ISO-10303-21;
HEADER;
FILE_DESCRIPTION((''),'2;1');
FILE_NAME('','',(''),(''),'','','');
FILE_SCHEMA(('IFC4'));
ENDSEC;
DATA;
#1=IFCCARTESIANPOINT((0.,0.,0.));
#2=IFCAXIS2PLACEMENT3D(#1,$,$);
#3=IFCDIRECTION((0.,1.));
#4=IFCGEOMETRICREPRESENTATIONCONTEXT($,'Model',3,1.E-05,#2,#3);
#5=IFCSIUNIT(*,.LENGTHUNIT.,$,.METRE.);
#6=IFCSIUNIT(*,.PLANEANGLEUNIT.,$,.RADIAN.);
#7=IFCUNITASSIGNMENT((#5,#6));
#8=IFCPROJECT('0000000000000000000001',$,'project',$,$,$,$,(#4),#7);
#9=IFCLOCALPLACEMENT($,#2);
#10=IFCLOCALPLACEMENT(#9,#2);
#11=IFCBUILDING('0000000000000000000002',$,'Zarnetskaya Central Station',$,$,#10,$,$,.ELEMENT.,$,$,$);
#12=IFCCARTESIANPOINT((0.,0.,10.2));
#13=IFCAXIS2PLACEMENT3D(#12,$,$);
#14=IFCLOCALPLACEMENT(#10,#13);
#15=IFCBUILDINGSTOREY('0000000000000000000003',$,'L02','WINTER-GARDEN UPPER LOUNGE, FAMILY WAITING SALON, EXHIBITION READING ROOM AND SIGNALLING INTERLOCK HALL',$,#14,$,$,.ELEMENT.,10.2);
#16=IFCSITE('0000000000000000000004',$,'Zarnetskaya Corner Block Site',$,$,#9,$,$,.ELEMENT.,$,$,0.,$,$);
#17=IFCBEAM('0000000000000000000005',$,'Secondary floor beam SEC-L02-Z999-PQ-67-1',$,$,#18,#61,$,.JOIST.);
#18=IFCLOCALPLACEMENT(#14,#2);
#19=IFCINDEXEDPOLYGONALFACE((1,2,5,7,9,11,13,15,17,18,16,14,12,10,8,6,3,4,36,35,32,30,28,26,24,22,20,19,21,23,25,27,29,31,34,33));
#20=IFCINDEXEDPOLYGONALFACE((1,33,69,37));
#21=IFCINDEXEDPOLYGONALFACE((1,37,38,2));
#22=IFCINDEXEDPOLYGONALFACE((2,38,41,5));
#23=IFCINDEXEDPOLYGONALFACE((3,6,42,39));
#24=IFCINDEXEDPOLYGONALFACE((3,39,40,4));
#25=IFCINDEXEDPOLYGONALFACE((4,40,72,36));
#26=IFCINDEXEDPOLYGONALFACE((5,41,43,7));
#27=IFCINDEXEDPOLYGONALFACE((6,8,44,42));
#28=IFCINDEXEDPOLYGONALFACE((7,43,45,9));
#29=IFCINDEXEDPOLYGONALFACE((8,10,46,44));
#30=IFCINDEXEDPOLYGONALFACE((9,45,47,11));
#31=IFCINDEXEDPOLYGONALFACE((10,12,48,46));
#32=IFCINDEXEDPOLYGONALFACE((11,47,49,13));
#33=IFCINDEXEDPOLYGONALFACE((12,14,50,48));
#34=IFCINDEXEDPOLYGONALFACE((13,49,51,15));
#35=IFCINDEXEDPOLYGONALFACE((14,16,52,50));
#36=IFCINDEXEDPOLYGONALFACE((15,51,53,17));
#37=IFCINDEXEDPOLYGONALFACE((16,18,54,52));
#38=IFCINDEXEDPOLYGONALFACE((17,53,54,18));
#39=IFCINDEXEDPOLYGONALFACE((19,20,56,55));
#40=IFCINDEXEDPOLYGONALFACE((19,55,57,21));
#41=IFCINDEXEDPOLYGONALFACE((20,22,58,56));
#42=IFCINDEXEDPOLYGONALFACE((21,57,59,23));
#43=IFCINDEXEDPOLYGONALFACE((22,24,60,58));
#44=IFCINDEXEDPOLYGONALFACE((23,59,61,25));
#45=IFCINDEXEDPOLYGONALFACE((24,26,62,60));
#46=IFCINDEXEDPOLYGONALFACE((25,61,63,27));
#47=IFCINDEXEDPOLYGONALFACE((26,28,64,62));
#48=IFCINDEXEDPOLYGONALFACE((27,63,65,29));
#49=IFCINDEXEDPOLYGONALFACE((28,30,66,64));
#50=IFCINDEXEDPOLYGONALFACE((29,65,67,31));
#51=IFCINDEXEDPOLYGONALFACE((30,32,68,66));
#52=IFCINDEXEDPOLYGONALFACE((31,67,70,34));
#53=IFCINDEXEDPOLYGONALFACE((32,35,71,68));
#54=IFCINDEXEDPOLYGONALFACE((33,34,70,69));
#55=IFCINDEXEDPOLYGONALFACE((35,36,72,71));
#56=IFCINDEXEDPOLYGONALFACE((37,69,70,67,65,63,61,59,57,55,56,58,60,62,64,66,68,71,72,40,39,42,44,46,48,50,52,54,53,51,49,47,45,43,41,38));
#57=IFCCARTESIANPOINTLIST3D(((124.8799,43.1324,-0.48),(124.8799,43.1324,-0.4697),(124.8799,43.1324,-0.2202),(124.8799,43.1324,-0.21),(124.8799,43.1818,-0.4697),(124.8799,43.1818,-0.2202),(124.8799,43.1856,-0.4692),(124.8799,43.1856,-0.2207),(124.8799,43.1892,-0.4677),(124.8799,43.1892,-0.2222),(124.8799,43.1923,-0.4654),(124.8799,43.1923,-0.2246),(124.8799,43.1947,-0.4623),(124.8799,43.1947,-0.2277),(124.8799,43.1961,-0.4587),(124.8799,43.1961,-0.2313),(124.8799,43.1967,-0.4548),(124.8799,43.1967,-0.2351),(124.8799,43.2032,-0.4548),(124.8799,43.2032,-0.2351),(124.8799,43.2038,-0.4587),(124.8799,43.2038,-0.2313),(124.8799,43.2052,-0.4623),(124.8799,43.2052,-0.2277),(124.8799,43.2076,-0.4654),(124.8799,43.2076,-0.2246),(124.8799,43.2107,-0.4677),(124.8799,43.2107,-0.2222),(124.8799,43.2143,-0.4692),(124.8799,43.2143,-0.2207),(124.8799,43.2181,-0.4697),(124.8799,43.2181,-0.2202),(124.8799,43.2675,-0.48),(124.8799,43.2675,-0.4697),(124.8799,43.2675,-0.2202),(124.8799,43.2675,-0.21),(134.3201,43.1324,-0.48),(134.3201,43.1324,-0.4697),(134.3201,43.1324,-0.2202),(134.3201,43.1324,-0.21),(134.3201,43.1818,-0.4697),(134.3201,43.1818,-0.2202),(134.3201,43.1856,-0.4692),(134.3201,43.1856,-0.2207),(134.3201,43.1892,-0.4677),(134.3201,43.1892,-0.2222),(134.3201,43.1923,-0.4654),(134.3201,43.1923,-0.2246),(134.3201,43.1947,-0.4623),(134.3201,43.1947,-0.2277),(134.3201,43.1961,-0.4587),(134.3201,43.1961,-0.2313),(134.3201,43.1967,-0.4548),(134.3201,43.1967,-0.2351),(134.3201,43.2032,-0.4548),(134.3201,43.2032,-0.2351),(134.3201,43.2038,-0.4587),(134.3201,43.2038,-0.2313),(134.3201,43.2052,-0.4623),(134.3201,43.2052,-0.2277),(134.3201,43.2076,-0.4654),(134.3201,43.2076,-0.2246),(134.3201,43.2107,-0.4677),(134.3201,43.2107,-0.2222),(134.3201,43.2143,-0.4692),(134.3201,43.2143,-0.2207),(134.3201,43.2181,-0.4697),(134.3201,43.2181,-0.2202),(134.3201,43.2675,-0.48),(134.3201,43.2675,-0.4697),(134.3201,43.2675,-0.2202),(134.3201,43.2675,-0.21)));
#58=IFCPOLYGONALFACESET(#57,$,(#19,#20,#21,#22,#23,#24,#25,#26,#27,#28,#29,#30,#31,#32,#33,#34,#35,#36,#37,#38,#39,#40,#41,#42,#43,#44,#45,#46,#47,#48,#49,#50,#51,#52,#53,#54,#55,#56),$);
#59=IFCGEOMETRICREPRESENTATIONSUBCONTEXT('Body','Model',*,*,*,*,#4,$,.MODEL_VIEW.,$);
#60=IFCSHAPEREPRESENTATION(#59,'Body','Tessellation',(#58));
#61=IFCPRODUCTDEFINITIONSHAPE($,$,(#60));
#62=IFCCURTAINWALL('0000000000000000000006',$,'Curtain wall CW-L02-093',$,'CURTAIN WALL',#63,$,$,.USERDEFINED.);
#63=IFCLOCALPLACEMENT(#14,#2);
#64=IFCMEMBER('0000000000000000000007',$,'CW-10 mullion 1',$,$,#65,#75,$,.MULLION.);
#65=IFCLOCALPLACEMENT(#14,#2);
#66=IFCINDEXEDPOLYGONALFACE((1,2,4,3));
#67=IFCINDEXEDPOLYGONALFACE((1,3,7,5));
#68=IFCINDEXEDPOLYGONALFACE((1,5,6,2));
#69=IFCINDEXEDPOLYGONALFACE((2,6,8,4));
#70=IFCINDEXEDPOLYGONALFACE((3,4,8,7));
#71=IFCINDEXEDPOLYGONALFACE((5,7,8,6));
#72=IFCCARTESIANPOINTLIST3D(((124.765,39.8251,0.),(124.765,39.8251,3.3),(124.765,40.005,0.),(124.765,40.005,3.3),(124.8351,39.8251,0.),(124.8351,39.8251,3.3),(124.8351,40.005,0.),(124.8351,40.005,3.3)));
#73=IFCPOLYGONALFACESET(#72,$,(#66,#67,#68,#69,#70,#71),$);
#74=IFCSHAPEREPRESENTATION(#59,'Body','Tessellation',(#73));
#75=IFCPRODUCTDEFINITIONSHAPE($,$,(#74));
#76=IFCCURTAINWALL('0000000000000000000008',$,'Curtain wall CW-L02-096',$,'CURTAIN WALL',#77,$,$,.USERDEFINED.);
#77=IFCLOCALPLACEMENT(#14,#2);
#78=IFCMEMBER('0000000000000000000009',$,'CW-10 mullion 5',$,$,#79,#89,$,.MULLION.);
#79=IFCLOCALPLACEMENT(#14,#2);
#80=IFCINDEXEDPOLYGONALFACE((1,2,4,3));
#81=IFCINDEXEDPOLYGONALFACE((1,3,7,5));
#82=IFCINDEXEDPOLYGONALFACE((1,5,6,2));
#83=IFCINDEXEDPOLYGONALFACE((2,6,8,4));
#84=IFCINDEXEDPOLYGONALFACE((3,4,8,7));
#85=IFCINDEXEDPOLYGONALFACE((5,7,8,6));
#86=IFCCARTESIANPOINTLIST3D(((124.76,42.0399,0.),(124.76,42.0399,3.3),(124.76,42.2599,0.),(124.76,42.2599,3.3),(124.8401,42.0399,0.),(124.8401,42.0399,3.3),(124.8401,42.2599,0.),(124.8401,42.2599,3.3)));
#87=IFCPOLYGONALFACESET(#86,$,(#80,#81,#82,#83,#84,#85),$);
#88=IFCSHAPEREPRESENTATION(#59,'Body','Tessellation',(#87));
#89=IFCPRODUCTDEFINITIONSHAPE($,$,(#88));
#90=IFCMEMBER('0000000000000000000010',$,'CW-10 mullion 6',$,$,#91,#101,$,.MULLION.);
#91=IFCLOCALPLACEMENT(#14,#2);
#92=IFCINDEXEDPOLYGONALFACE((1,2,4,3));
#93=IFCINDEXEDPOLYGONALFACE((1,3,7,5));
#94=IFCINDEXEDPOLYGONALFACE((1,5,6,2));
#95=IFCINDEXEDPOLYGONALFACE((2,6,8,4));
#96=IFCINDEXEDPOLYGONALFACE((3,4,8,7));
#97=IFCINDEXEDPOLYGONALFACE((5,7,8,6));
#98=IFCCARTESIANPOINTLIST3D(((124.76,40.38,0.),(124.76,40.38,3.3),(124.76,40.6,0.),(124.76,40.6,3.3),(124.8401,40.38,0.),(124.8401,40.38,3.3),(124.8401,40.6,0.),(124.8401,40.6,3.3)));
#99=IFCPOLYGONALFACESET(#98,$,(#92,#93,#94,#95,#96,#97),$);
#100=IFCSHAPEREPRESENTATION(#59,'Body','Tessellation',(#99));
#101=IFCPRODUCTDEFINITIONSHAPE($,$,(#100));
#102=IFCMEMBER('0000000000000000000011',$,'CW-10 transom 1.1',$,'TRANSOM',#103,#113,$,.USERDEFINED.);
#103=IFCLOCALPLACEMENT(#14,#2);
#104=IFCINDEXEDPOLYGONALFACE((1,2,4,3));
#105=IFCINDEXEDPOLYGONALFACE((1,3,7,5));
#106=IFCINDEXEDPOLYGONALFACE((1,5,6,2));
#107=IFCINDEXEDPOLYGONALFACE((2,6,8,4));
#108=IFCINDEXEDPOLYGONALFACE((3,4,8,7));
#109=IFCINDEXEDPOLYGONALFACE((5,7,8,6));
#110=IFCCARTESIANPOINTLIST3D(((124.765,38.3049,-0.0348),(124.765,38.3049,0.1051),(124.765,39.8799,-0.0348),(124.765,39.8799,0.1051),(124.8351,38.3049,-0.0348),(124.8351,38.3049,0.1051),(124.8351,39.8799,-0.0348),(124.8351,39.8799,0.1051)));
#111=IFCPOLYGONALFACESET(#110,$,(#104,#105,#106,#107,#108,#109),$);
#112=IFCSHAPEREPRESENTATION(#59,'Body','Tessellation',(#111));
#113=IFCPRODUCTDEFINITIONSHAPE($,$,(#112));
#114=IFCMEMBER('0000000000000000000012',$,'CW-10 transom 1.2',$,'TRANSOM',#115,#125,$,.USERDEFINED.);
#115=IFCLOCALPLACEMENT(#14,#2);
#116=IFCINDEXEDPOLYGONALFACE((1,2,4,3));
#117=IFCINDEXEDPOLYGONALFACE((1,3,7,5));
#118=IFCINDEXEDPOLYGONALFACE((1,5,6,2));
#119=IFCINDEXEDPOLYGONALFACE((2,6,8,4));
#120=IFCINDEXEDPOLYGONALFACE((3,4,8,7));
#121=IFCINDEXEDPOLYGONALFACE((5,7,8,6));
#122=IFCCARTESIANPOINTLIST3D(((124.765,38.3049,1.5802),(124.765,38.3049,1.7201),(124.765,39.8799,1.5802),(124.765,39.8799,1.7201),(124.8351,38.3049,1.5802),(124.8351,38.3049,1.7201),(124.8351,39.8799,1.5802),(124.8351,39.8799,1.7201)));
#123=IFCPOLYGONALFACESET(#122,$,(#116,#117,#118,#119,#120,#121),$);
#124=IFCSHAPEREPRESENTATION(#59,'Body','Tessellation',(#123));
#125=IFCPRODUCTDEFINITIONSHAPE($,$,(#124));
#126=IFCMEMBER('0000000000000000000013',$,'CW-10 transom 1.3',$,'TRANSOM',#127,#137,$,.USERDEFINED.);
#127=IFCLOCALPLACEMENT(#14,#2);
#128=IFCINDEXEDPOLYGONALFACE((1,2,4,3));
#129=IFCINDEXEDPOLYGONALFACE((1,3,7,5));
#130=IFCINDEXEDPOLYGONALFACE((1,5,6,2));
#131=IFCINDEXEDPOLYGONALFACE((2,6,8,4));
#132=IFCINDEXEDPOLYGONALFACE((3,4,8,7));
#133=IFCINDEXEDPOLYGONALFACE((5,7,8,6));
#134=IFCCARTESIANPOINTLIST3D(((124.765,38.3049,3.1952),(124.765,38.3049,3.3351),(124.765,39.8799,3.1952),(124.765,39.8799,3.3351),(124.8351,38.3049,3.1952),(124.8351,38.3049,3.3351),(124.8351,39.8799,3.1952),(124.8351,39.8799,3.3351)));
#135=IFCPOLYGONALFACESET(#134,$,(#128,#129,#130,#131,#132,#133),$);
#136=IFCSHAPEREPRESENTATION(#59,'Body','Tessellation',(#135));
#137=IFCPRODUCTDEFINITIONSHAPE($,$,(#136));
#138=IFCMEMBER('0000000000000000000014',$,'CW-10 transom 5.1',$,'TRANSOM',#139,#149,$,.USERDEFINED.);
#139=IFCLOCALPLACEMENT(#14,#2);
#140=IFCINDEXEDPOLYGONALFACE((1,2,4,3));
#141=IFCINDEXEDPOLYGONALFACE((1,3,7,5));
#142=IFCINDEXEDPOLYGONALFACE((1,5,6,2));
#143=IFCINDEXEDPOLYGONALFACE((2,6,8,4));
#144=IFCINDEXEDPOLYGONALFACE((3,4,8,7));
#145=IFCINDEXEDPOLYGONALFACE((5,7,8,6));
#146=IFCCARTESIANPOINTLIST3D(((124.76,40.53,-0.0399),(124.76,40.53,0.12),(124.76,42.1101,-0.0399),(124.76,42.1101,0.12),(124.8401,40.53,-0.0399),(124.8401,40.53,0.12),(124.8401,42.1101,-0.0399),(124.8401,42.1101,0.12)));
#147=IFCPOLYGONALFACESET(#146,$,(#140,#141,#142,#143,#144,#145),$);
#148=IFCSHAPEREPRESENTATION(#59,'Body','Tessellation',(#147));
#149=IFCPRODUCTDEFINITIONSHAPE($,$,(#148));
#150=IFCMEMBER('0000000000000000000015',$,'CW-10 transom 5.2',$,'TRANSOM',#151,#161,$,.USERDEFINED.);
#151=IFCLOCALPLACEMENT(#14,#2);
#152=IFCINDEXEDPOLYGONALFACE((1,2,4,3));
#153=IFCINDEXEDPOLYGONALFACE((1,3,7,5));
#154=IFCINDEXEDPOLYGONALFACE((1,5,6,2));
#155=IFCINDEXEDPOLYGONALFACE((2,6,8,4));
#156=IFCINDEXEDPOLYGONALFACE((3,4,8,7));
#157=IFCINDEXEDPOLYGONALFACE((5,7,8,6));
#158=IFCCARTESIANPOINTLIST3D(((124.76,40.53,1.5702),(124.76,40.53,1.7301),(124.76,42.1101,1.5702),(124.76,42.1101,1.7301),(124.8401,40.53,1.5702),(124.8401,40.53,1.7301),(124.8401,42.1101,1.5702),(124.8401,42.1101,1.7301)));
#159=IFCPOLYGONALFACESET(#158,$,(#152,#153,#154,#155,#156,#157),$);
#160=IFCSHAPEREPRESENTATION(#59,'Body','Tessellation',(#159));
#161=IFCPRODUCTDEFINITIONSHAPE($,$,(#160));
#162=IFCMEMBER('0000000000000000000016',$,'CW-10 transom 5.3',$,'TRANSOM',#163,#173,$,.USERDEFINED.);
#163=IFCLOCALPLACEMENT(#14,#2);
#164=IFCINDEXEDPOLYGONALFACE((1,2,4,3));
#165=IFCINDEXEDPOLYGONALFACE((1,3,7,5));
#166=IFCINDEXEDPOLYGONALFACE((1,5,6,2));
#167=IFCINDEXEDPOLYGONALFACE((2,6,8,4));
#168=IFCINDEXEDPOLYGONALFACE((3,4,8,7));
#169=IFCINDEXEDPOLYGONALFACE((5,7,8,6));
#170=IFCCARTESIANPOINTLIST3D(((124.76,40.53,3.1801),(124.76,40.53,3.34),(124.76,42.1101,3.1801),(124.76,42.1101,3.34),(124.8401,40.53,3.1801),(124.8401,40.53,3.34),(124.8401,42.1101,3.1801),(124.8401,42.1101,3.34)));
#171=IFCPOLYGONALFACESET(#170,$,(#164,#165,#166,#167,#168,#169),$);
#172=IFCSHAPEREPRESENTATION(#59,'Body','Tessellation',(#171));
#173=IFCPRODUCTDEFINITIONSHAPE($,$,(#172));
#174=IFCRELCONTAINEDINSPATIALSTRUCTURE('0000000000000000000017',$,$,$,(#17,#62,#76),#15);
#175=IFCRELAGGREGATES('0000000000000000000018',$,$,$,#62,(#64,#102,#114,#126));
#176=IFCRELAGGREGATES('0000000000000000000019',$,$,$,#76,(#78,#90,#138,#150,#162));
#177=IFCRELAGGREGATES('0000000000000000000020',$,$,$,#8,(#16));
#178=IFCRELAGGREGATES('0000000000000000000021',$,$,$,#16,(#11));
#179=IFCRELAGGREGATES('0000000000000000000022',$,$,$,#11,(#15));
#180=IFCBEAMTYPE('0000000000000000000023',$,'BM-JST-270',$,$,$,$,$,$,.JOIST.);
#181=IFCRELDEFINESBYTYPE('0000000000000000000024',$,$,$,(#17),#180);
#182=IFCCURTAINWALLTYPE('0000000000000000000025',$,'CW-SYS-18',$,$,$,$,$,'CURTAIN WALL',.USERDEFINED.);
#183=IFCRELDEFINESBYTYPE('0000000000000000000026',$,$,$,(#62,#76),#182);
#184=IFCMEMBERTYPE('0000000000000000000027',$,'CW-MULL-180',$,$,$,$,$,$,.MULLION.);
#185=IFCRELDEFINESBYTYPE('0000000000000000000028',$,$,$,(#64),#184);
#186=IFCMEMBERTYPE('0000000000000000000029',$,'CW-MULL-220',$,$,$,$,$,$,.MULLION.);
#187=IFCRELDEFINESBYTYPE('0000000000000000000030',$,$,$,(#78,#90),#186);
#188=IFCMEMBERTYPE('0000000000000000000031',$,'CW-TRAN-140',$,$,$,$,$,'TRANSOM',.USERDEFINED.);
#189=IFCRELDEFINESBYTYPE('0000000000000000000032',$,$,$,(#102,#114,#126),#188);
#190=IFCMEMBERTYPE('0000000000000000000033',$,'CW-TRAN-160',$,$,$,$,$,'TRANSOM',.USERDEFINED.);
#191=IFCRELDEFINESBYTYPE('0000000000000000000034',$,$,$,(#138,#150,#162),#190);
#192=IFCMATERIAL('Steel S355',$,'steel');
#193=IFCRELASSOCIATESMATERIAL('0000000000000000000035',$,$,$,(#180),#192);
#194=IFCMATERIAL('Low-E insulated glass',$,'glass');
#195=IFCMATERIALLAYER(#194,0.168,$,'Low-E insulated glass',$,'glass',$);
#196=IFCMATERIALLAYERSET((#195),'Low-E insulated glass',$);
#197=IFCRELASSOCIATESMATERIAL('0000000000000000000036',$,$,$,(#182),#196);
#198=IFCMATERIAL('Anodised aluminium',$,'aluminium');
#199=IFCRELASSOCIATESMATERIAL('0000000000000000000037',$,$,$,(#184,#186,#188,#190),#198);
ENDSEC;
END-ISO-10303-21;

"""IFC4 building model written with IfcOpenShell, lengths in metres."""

from ifc_helpers import new_model, si_unit, direction, frame, origin, origin_2d, place, context, subcontext, project, spatial, rectangle, i_section, extrude, material, layer, layer_set, material_profile, profile_set, type_object, element, aggregate, save


model = new_model("IFC4")

# Units and contexts
model_context = context("Model", 3, precision=1e-05, world=origin(), true_north=direction((0.0, 1.0)))
body_context = subcontext(model_context, "Body", "Model", "MODEL_VIEW")
ifc_project = project(units=[si_unit("LENGTHUNIT", "METRE"), si_unit("PLANEANGLEUNIT", "RADIAN")], contexts=[model_context])

# Site, building, storey
site_placement = place(None, origin())
site = spatial("IfcSite", under=ifc_project, at=site_placement, Name="Zarnetskaya Corner Block Site", CompositionType="ELEMENT", RefElevation=0.0)
building_placement = place(site_placement, origin())
building = spatial("IfcBuilding", under=site, at=building_placement, Name="Zarnetskaya Central Station", CompositionType="ELEMENT")
storey_placement = place(building_placement, frame((0.0, 0.0, 10.2)))
storey = spatial("IfcBuildingStorey", under=building, at=storey_placement, Name="L02", Description="WINTER-GARDEN UPPER LOUNGE, FAMILY WAITING SALON, EXHIBITION READING ROOM AND SIGNALLING INTERLOCK HALL", CompositionType="ELEMENT", Elevation=10.2)

# Beam
ifc_material_1 = material(Name="Steel S355", Category="steel")
ifc_material_profile_1 = material_profile(ifc_material_1, i_section(OverallWidth=0.135, OverallDepth=0.27, WebThickness=0.0066, FlangeThickness=0.0103, FilletRadius=0.0149, at=origin_2d()), Name="IPE 270")
ifc_profile_set_1 = profile_set([ifc_material_profile_1], Name="Steel S355")
beam_type_1 = type_object("IfcBeamType", Name="BM-JST-270", PredefinedType="JOIST", material=ifc_profile_set_1)
beam_1_placement = place(storey_placement, frame((124.8799, 43.2, -0.345), z_axis=(1.0, 0.0, 0.0), x_axis=(0.0, 1.0, 0.0)))
element("IfcBeam", 1, at=beam_1_placement, inside=storey, type_object=beam_type_1, Name="Secondary floor beam SEC-L02-Z999-PQ-67-1", PredefinedType="JOIST", context=body_context, shape_type="SweptSolid", body=[
    extrude(i_section(OverallWidth=0.135, OverallDepth=0.27, WebThickness=0.0066, FlangeThickness=0.0103, FilletRadius=0.0149, at=origin_2d()), origin(), (0.0, 0.0, 1.0), 9.4402),
])

# Curtain wall, member
ifc_material_2 = material(Name="Low-E insulated glass", Category="glass")
ifc_layer_1 = layer(ifc_material_2, 0.168, Name="Low-E insulated glass", Category="glass")
ifc_layer_set_1 = layer_set([ifc_layer_1], Name="Low-E insulated glass")
curtain_wall_type = type_object("IfcCurtainWallType", Name="CW-SYS-18", ElementType="CURTAIN WALL", PredefinedType="USERDEFINED", material=ifc_layer_set_1)
curtain_wall_1_placement = place(storey_placement, origin())
curtain_wall_1 = element("IfcCurtainWall", 2, at=curtain_wall_1_placement, inside=storey, type_object=curtain_wall_type, Name="Curtain wall CW-L02-093", ObjectType="CURTAIN WALL", PredefinedType="USERDEFINED")
ifc_material_3 = material(Name="Anodised aluminium", Category="aluminium")
ifc_material_profile_2 = material_profile(ifc_material_3, rectangle(XDim=0.0701, YDim=0.1799, at=origin_2d()), Name="ALU MULL 70x180")
ifc_profile_set_2 = profile_set([ifc_material_profile_2], Name="Anodised aluminium")
member_type_1 = type_object("IfcMemberType", Name="CW-MULL-180", PredefinedType="MULLION", material=ifc_profile_set_2)
member_1_placement = place(storey_placement, frame((124.8, 39.915, 0.0), z_axis=(0.0, 0.0, 1.0), x_axis=(1.0, 0.0, 0.0)))
member_1 = element("IfcMember", 3, at=member_1_placement, type_object=member_type_1, Name="CW-10 mullion 1", PredefinedType="MULLION", context=body_context, shape_type="SweptSolid", body=[
    extrude(rectangle(XDim=0.0701, YDim=0.1799, at=origin_2d()), origin(), (0.0, 0.0, 1.0), 3.3),
])

# Curtain wall, members
curtain_wall_2_placement = place(storey_placement, origin())
curtain_wall_2 = element("IfcCurtainWall", 4, at=curtain_wall_2_placement, inside=storey, type_object=curtain_wall_type, Name="Curtain wall CW-L02-096", ObjectType="CURTAIN WALL", PredefinedType="USERDEFINED")
ifc_material_profile_3 = material_profile(ifc_material_3, rectangle(XDim=0.0801, YDim=0.22, at=origin_2d()), Name="ALU MULL 80x220")
ifc_profile_set_3 = profile_set([ifc_material_profile_3], Name="Anodised aluminium")
member_type_2 = type_object("IfcMemberType", Name="CW-MULL-220", PredefinedType="MULLION", material=ifc_profile_set_3)
member_2_placement = place(storey_placement, frame((124.8, 42.1499, 0.0), z_axis=(0.0, 0.0, 1.0), x_axis=(1.0, 0.0, 0.0)))
member_2 = element("IfcMember", 5, at=member_2_placement, type_object=member_type_2, Name="CW-10 mullion 5", PredefinedType="MULLION", context=body_context, shape_type="SweptSolid", body=[
    extrude(rectangle(XDim=0.0801, YDim=0.22, at=origin_2d()), origin(), (0.0, 0.0, 1.0), 3.3),
])
member_3_placement = place(storey_placement, frame((124.8, 40.49, 0.0), z_axis=(0.0, 0.0, 1.0), x_axis=(1.0, 0.0, 0.0)))
member_3 = element("IfcMember", 6, at=member_3_placement, type_object=member_type_2, Name="CW-10 mullion 6", PredefinedType="MULLION", context=body_context, shape_type="SweptSolid", body=[
    extrude(rectangle(XDim=0.0801, YDim=0.22, at=origin_2d()), origin(), (0.0, 0.0, 1.0), 3.3),
])

# Members
ifc_material_profile_4 = material_profile(ifc_material_3, rectangle(XDim=0.0701, YDim=0.1399, at=origin_2d()), Name="ALU TRAN 70x140")
ifc_profile_set_4 = profile_set([ifc_material_profile_4], Name="Anodised aluminium")
member_type_3 = type_object("IfcMemberType", Name="CW-TRAN-140", ElementType="TRANSOM", PredefinedType="USERDEFINED", material=ifc_profile_set_4)
member_4_placement = place(storey_placement, frame((124.8, 39.8799, 0.0352), z_axis=(0.0, -1.0, 0.0), x_axis=(1.0, 0.0, 0.0)))
member_4 = element("IfcMember", 7, at=member_4_placement, type_object=member_type_3, Name="CW-10 transom 1.1", ObjectType="TRANSOM", PredefinedType="USERDEFINED", context=body_context, shape_type="SweptSolid", body=[
    extrude(rectangle(XDim=0.0701, YDim=0.1399, at=origin_2d()), origin(), (0.0, 0.0, 1.0), 1.575),
])
member_5_placement = place(storey_placement, frame((124.8, 39.8799, 1.6501), z_axis=(0.0, -1.0, 0.0), x_axis=(1.0, 0.0, 0.0)))
member_5 = element("IfcMember", 8, at=member_5_placement, type_object=member_type_3, Name="CW-10 transom 1.2", ObjectType="TRANSOM", PredefinedType="USERDEFINED", context=body_context, shape_type="SweptSolid", body=[
    extrude(rectangle(XDim=0.0701, YDim=0.1399, at=origin_2d()), origin(), (0.0, 0.0, 1.0), 1.575),
])
member_6_placement = place(storey_placement, frame((124.8, 39.8799, 3.2651), z_axis=(0.0, -1.0, 0.0), x_axis=(1.0, 0.0, 0.0)))
member_6 = element("IfcMember", 9, at=member_6_placement, type_object=member_type_3, Name="CW-10 transom 1.3", ObjectType="TRANSOM", PredefinedType="USERDEFINED", context=body_context, shape_type="SweptSolid", body=[
    extrude(rectangle(XDim=0.0701, YDim=0.1399, at=origin_2d()), origin(), (0.0, 0.0, 1.0), 1.575),
])
aggregate(curtain_wall_1, [member_1, member_4, member_5, member_6])
ifc_material_profile_5 = material_profile(ifc_material_3, rectangle(XDim=0.0801, YDim=0.1599, at=origin_2d()), Name="ALU TRAN 80x160")
ifc_profile_set_5 = profile_set([ifc_material_profile_5], Name="Anodised aluminium")
member_type_4 = type_object("IfcMemberType", Name="CW-TRAN-160", ElementType="TRANSOM", PredefinedType="USERDEFINED", material=ifc_profile_set_5)
member_7_placement = place(storey_placement, frame((124.8, 42.1101, 0.04), z_axis=(0.0, -1.0, 0.0), x_axis=(1.0, 0.0, 0.0)))
member_7 = element("IfcMember", 10, at=member_7_placement, type_object=member_type_4, Name="CW-10 transom 5.1", ObjectType="TRANSOM", PredefinedType="USERDEFINED", context=body_context, shape_type="SweptSolid", body=[
    extrude(rectangle(XDim=0.0801, YDim=0.1599, at=origin_2d()), origin(), (0.0, 0.0, 1.0), 1.5801),
])
member_8_placement = place(storey_placement, frame((124.8, 42.1101, 1.6501), z_axis=(0.0, -1.0, 0.0), x_axis=(1.0, 0.0, 0.0)))
member_8 = element("IfcMember", 11, at=member_8_placement, type_object=member_type_4, Name="CW-10 transom 5.2", ObjectType="TRANSOM", PredefinedType="USERDEFINED", context=body_context, shape_type="SweptSolid", body=[
    extrude(rectangle(XDim=0.0801, YDim=0.1599, at=origin_2d()), origin(), (0.0, 0.0, 1.0), 1.5801),
])
member_9_placement = place(storey_placement, frame((124.8, 42.1101, 3.26), z_axis=(0.0, -1.0, 0.0), x_axis=(1.0, 0.0, 0.0)))
member_9 = element("IfcMember", 12, at=member_9_placement, type_object=member_type_4, Name="CW-10 transom 5.3", ObjectType="TRANSOM", PredefinedType="USERDEFINED", context=body_context, shape_type="SweptSolid", body=[
    extrude(rectangle(XDim=0.0801, YDim=0.1599, at=origin_2d()), origin(), (0.0, 0.0, 1.0), 1.5801),
])

aggregate(curtain_wall_2, [member_2, member_3, member_7, member_8, member_9])

save(model, "model.ifc")
